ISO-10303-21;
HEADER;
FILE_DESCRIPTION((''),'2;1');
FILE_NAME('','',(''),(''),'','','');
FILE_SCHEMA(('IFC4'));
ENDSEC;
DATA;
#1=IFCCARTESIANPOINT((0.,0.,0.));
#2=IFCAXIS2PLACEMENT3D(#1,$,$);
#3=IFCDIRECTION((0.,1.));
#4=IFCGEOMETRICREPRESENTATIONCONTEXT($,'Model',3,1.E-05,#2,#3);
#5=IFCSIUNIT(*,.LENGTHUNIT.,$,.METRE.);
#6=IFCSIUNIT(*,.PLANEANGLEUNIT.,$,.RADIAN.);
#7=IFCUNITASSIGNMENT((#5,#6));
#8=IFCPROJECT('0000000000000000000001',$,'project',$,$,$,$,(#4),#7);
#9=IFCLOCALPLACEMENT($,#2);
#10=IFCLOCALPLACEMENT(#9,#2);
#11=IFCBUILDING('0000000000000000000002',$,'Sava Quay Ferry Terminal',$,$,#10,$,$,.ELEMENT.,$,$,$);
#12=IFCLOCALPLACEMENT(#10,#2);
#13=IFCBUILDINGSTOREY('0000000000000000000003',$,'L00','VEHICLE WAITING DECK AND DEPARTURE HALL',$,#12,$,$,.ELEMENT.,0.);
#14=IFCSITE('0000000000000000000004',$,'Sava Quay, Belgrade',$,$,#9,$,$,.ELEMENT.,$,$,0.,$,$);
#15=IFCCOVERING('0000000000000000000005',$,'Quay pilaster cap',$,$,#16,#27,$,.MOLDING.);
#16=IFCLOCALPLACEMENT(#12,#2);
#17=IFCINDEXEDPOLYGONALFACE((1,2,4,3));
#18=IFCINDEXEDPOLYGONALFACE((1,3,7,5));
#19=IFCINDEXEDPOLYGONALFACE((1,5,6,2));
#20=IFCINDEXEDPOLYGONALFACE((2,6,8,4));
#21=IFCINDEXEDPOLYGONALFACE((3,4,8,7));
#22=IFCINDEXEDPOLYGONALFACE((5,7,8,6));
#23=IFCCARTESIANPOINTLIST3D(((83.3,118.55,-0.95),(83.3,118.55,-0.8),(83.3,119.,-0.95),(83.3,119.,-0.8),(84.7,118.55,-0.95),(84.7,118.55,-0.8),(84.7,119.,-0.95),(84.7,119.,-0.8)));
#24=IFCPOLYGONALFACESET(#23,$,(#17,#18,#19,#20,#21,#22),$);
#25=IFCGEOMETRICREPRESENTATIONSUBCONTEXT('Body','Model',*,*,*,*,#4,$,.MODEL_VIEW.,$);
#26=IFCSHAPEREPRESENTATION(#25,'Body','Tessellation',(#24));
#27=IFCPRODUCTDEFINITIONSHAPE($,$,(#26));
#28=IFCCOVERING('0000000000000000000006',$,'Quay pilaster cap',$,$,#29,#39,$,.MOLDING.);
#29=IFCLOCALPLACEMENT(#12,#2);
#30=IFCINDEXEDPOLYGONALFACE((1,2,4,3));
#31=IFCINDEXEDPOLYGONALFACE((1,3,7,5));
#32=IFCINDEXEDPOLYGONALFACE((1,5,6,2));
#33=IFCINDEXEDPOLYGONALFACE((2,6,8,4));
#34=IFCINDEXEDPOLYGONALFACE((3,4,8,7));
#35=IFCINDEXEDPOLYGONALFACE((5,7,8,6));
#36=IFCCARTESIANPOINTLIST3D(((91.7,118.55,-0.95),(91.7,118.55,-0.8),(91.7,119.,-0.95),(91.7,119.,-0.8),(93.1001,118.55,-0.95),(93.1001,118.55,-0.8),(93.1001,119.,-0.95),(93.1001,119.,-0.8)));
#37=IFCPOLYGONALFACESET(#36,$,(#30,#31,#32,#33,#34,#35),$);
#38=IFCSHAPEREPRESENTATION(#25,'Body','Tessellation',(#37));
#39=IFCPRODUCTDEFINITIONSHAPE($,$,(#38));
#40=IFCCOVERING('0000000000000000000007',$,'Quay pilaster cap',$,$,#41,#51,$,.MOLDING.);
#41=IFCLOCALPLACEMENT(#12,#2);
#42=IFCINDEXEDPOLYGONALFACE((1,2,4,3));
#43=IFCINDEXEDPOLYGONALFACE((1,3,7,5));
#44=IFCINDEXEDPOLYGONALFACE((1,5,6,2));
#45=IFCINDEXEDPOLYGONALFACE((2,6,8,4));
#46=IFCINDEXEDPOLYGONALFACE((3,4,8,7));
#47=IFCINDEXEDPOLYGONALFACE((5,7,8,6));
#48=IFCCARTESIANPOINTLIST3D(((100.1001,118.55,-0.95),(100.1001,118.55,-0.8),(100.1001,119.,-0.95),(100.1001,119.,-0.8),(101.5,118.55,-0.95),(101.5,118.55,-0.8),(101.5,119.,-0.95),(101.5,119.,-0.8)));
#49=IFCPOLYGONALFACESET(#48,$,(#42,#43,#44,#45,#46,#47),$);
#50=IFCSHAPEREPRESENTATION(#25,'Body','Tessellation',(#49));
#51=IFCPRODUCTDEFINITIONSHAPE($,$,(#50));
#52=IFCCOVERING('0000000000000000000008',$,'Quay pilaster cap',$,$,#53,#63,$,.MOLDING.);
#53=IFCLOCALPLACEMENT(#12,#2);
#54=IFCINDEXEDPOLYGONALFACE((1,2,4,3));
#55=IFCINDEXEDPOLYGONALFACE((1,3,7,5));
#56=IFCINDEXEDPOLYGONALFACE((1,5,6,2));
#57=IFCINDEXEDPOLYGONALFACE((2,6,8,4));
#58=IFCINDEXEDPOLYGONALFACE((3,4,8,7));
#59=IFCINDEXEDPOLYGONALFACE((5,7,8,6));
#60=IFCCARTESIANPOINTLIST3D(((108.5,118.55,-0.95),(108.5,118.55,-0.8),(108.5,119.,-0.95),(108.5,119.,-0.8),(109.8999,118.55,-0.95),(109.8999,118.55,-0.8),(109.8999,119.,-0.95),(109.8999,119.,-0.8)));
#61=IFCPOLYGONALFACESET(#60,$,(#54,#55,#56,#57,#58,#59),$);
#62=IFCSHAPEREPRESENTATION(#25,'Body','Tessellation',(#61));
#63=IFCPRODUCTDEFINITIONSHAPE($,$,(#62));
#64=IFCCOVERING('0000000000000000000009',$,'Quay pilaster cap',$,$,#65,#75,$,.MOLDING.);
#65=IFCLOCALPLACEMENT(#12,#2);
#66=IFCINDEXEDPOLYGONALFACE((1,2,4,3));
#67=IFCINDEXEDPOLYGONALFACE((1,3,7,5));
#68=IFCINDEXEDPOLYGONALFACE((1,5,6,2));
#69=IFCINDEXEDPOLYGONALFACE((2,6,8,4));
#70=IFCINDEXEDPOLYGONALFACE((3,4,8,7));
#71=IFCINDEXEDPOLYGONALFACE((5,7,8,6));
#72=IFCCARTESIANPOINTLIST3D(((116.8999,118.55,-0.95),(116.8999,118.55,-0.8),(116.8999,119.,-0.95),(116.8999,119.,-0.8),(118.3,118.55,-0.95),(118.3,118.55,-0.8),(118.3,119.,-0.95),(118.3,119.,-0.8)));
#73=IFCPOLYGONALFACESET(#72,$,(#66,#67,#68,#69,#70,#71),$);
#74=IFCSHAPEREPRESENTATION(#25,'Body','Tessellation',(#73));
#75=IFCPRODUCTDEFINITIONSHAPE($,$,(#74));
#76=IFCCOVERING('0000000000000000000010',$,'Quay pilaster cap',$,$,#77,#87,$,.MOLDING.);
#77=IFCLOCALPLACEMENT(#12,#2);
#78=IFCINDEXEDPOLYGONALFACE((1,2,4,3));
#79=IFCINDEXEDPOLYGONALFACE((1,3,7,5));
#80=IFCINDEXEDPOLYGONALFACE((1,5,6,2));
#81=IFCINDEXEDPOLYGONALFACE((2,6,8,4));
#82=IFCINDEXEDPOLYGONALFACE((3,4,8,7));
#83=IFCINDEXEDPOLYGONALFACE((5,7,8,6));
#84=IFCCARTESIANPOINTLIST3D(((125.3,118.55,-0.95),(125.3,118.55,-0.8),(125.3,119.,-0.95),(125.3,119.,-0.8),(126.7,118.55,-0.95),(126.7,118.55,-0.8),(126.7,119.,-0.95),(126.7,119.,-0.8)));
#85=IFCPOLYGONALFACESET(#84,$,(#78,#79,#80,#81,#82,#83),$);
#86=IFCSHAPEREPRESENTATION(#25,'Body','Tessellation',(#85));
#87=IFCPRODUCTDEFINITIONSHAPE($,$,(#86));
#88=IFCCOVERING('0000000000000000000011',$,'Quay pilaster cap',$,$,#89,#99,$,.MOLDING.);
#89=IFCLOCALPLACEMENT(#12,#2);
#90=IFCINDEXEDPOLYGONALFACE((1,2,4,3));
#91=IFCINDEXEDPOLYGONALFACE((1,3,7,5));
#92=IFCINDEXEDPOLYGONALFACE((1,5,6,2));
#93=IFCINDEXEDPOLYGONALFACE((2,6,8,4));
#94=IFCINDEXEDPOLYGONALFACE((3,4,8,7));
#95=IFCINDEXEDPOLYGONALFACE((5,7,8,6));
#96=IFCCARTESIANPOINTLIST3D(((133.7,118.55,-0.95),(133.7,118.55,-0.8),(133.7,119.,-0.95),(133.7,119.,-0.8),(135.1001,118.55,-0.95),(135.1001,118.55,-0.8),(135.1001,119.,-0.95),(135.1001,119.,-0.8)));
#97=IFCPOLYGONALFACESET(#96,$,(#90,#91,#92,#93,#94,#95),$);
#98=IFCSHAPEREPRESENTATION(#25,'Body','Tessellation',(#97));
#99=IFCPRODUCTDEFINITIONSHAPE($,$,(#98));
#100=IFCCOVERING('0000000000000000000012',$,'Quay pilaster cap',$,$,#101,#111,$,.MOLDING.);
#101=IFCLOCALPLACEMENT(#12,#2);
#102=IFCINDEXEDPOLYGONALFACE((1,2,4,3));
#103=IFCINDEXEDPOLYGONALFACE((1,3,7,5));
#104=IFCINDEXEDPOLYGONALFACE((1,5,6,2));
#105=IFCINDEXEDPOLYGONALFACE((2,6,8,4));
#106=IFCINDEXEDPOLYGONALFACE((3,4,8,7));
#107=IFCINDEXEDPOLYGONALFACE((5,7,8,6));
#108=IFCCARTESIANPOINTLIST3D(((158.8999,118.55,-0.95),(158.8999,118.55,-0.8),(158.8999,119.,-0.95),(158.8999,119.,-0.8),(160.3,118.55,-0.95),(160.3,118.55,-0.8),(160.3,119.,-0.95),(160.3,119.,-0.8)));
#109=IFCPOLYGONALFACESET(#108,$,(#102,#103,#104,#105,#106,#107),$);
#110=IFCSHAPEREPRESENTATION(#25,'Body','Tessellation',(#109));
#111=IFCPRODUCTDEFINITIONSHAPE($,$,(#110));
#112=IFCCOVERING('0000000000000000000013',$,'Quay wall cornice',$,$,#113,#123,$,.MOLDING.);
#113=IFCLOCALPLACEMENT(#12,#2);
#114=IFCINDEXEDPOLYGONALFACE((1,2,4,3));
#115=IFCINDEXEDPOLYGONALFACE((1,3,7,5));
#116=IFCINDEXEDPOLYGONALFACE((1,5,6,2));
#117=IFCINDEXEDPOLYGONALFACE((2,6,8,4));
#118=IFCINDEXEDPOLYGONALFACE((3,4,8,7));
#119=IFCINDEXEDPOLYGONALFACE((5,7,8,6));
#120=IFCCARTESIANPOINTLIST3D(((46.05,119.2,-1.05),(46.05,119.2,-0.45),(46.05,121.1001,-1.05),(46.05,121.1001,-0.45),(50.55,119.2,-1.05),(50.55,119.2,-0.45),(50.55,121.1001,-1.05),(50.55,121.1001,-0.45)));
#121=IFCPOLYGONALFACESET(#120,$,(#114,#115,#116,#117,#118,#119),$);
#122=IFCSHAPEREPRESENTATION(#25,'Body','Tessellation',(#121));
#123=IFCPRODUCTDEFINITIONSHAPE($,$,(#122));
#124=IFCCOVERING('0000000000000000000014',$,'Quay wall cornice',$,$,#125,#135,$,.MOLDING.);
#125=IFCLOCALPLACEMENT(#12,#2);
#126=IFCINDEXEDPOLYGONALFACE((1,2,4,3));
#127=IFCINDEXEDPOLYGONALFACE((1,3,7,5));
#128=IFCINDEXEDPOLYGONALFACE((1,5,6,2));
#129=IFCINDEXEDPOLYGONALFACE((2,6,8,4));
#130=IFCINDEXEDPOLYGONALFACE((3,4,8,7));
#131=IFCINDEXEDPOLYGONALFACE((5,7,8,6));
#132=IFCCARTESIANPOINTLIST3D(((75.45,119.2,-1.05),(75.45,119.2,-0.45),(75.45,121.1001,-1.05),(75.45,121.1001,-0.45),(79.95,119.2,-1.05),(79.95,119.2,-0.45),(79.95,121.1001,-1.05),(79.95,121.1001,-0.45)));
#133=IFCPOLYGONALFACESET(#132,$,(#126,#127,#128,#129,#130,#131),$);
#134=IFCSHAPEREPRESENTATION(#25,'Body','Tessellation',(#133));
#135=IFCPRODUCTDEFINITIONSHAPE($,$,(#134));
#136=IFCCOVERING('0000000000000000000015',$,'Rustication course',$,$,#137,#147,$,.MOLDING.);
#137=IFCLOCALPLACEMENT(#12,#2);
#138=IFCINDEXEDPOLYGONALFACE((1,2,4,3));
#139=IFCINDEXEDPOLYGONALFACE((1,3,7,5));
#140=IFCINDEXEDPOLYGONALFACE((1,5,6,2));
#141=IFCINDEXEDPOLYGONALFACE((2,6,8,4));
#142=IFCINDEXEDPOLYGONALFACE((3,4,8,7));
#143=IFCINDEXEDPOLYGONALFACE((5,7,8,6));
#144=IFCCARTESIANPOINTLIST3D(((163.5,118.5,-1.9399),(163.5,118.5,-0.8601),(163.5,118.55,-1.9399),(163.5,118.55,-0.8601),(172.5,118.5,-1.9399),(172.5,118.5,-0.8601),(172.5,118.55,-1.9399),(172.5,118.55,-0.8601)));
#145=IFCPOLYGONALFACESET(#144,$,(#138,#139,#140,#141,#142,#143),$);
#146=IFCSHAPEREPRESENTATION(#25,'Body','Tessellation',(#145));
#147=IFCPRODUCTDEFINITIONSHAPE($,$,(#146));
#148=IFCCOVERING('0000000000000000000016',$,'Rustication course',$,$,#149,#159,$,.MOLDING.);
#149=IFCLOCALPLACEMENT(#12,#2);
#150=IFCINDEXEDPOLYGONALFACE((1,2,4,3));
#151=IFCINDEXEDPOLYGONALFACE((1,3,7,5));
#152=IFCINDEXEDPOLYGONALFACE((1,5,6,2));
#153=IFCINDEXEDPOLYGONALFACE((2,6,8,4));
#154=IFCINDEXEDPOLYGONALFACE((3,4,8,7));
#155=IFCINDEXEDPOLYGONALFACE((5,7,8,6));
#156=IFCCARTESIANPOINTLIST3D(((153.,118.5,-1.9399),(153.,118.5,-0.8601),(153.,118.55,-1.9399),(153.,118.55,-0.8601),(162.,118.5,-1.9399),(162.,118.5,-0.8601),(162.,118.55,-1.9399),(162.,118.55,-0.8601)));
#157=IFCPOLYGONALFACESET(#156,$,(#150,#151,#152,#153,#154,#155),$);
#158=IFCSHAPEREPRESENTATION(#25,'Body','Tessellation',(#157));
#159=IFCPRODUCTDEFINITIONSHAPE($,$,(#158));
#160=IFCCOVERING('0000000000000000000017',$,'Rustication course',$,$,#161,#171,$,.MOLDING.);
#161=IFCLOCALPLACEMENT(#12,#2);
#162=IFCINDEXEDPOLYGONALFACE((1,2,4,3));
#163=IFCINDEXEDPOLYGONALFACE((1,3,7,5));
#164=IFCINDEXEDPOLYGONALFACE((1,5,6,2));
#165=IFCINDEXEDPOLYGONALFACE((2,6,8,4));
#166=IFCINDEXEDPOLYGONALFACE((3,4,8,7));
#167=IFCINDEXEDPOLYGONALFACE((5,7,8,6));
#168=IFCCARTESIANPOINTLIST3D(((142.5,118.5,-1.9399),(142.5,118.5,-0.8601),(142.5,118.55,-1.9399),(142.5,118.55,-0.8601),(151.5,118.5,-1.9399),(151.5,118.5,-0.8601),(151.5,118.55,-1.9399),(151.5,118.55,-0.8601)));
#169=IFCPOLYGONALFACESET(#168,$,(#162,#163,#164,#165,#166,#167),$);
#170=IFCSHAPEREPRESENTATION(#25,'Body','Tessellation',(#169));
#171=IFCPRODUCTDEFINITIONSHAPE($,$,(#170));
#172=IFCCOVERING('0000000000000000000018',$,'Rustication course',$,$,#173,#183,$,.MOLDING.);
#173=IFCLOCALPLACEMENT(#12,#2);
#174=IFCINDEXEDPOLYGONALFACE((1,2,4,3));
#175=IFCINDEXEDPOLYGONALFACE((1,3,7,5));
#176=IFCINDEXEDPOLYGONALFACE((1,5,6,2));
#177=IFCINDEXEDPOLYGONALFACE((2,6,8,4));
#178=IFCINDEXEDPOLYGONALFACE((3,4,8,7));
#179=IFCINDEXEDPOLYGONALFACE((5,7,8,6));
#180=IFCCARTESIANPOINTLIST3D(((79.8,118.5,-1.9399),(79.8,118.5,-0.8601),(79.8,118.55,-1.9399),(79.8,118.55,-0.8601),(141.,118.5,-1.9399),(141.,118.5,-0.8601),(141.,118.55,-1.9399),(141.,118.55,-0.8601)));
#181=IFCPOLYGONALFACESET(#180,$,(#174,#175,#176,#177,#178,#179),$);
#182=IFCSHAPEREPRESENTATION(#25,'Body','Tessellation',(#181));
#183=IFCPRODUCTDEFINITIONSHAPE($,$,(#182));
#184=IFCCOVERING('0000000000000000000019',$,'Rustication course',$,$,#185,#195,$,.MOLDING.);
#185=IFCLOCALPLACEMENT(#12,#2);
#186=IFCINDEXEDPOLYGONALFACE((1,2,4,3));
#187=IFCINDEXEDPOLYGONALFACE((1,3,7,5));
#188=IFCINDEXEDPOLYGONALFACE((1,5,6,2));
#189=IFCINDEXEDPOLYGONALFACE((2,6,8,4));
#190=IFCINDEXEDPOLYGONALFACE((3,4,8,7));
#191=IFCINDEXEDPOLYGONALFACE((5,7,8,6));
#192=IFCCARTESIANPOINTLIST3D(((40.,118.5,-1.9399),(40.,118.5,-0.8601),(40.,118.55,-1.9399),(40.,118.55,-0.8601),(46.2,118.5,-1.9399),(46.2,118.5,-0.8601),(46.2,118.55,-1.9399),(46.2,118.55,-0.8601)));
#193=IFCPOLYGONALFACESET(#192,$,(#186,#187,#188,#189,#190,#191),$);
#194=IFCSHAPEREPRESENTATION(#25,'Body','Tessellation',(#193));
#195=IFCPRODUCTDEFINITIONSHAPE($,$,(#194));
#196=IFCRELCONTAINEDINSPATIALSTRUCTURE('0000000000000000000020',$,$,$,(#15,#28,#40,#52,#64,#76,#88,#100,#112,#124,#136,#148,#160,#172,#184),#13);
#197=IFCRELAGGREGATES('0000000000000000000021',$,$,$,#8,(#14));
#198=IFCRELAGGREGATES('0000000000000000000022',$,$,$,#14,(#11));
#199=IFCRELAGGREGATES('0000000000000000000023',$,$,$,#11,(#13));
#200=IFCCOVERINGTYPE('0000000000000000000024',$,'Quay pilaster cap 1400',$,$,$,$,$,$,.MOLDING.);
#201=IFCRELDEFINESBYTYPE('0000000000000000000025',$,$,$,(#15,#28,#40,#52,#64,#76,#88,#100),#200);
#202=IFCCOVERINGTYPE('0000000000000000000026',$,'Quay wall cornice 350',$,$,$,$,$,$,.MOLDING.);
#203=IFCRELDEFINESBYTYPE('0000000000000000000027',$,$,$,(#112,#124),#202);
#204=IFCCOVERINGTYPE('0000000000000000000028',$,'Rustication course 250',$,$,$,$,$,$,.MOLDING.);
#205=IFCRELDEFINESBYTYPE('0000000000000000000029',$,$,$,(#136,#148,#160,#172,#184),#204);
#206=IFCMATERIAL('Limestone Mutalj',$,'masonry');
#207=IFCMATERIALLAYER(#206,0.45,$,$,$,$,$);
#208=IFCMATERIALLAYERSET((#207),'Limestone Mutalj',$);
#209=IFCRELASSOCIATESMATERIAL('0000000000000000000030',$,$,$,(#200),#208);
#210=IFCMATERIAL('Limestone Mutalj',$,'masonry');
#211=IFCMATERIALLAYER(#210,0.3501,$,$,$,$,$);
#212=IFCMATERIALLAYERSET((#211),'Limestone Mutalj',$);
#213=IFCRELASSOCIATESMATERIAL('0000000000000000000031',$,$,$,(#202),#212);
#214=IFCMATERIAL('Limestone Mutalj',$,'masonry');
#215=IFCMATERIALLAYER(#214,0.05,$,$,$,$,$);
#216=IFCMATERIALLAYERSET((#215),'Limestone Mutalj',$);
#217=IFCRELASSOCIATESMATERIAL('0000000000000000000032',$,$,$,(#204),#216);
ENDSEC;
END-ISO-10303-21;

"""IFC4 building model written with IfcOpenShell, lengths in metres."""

from ifc_helpers import new_model, si_unit, direction, frame, origin, place, context, subcontext, project, spatial, polyline, outline, extrude, material, layer, layer_set, type_object, element, save


model = new_model("IFC4")

# Units and contexts
model_context = context("Model", 3, precision=1e-05, world=origin(), true_north=direction((0.0, 1.0)))
body_context = subcontext(model_context, "Body", "Model", "MODEL_VIEW")
ifc_project = project(units=[si_unit("LENGTHUNIT", "METRE"), si_unit("PLANEANGLEUNIT", "RADIAN")], contexts=[model_context])

# Site, building, storey
site_placement = place(None, origin())
site = spatial("IfcSite", under=ifc_project, at=site_placement, Name="Sava Quay, Belgrade", CompositionType="ELEMENT", RefElevation=0.0)
building_placement = place(site_placement, origin())
building = spatial("IfcBuilding", under=site, at=building_placement, Name="Sava Quay Ferry Terminal", CompositionType="ELEMENT")
storey_placement = place(building_placement, origin())
storey = spatial("IfcBuildingStorey", under=building, at=storey_placement, Name="L00", Description="VEHICLE WAITING DECK AND DEPARTURE HALL", CompositionType="ELEMENT", Elevation=0.0)

# Coverings
ifc_material_1 = material(Name="Limestone Mutalj", Category="masonry")
ifc_layer_1 = layer(ifc_material_1, 0.45)
ifc_layer_set_1 = layer_set([ifc_layer_1], Name="Limestone Mutalj")
covering_type_1 = type_object("IfcCoveringType", Name="Quay pilaster cap 1400", PredefinedType="MOLDING", material=ifc_layer_set_1)
covering_1_placement = place(storey_placement, frame((0.0, 0.0, -0.95)))
element("IfcCovering", 1, at=covering_1_placement, inside=storey, type_object=covering_type_1, Name="Quay pilaster cap", PredefinedType="MOLDING", context=body_context, shape_type="SweptSolid", body=[
    extrude(outline(polyline([(84.7, 118.55), (84.7, 119.0), (83.3, 119.0), (83.3, 118.55), (84.7, 118.55)])), origin(), (0.0, 0.0, 1.0), 0.1499),
])
covering_2_placement = place(storey_placement, frame((0.0, 0.0, -0.95)))
element("IfcCovering", 2, at=covering_2_placement, inside=storey, type_object=covering_type_1, Name="Quay pilaster cap", PredefinedType="MOLDING", context=body_context, shape_type="SweptSolid", body=[
    extrude(outline(polyline([(93.1001, 118.55), (93.1001, 119.0), (91.7, 119.0), (91.7, 118.55), (93.1001, 118.55)])), origin(), (0.0, 0.0, 1.0), 0.1499),
])
covering_3_placement = place(storey_placement, frame((0.0, 0.0, -0.95)))
element("IfcCovering", 3, at=covering_3_placement, inside=storey, type_object=covering_type_1, Name="Quay pilaster cap", PredefinedType="MOLDING", context=body_context, shape_type="SweptSolid", body=[
    extrude(outline(polyline([(101.5, 118.55), (101.5, 119.0), (100.1001, 119.0), (100.1001, 118.55), (101.5, 118.55)])), origin(), (0.0, 0.0, 1.0), 0.1499),
])
covering_4_placement = place(storey_placement, frame((0.0, 0.0, -0.95)))
element("IfcCovering", 4, at=covering_4_placement, inside=storey, type_object=covering_type_1, Name="Quay pilaster cap", PredefinedType="MOLDING", context=body_context, shape_type="SweptSolid", body=[
    extrude(outline(polyline([(109.8999, 118.55), (109.8999, 119.0), (108.5, 119.0), (108.5, 118.55), (109.8999, 118.55)])), origin(), (0.0, 0.0, 1.0), 0.1499),
])
covering_5_placement = place(storey_placement, frame((0.0, 0.0, -0.95)))
element("IfcCovering", 5, at=covering_5_placement, inside=storey, type_object=covering_type_1, Name="Quay pilaster cap", PredefinedType="MOLDING", context=body_context, shape_type="SweptSolid", body=[
    extrude(outline(polyline([(118.3, 118.55), (118.3, 119.0), (116.8999, 119.0), (116.8999, 118.55), (118.3, 118.55)])), origin(), (0.0, 0.0, 1.0), 0.1499),
])
covering_6_placement = place(storey_placement, frame((0.0, 0.0, -0.95)))
element("IfcCovering", 6, at=covering_6_placement, inside=storey, type_object=covering_type_1, Name="Quay pilaster cap", PredefinedType="MOLDING", context=body_context, shape_type="SweptSolid", body=[
    extrude(outline(polyline([(126.7, 118.55), (126.7, 119.0), (125.3, 119.0), (125.3, 118.55), (126.7, 118.55)])), origin(), (0.0, 0.0, 1.0), 0.1499),
])
covering_7_placement = place(storey_placement, frame((0.0, 0.0, -0.95)))
element("IfcCovering", 7, at=covering_7_placement, inside=storey, type_object=covering_type_1, Name="Quay pilaster cap", PredefinedType="MOLDING", context=body_context, shape_type="SweptSolid", body=[
    extrude(outline(polyline([(135.1001, 118.55), (135.1001, 119.0), (133.7, 119.0), (133.7, 118.55), (135.1001, 118.55)])), origin(), (0.0, 0.0, 1.0), 0.1499),
])
covering_8_placement = place(storey_placement, frame((0.0, 0.0, -0.95)))
element("IfcCovering", 8, at=covering_8_placement, inside=storey, type_object=covering_type_1, Name="Quay pilaster cap", PredefinedType="MOLDING", context=body_context, shape_type="SweptSolid", body=[
    extrude(outline(polyline([(160.3, 118.55), (160.3, 119.0), (158.8999, 119.0), (158.8999, 118.55), (160.3, 118.55)])), origin(), (0.0, 0.0, 1.0), 0.1499),
])
ifc_material_2 = material(Name="Limestone Mutalj", Category="masonry")
ifc_layer_2 = layer(ifc_material_2, 0.3501)
ifc_layer_set_2 = layer_set([ifc_layer_2], Name="Limestone Mutalj")
covering_type_2 = type_object("IfcCoveringType", Name="Quay wall cornice 350", PredefinedType="MOLDING", material=ifc_layer_set_2)
covering_9_placement = place(storey_placement, frame((0.0, 0.0, -1.05)))
element("IfcCovering", 9, at=covering_9_placement, inside=storey, type_object=covering_type_2, Name="Quay wall cornice", PredefinedType="MOLDING", context=body_context, shape_type="SweptSolid", body=[
    extrude(outline(polyline([(46.05, 119.2), (50.55, 119.2), (50.55, 121.1001), (46.05, 121.1001), (46.05, 119.2)])), origin(), (0.0, 0.0, 1.0), 0.6001),
])
covering_10_placement = place(storey_placement, frame((0.0, 0.0, -1.05)))
element("IfcCovering", 10, at=covering_10_placement, inside=storey, type_object=covering_type_2, Name="Quay wall cornice", PredefinedType="MOLDING", context=body_context, shape_type="SweptSolid", body=[
    extrude(outline(polyline([(75.45, 119.2), (79.95, 119.2), (79.95, 121.1001), (75.45, 121.1001), (75.45, 119.2)])), origin(), (0.0, 0.0, 1.0), 0.6001),
])
ifc_material_3 = material(Name="Limestone Mutalj", Category="masonry")
ifc_layer_3 = layer(ifc_material_3, 0.05)
ifc_layer_set_3 = layer_set([ifc_layer_3], Name="Limestone Mutalj")
covering_type_3 = type_object("IfcCoveringType", Name="Rustication course 250", PredefinedType="MOLDING", material=ifc_layer_set_3)
covering_11_placement = place(storey_placement, frame((0.0, 0.0, -1.9399)))
element("IfcCovering", 11, at=covering_11_placement, inside=storey, type_object=covering_type_3, Name="Rustication course", PredefinedType="MOLDING", context=body_context, shape_type="SweptSolid", body=[
    extrude(outline(polyline([(172.5, 118.55), (163.5, 118.55), (163.5, 118.5), (172.5, 118.5), (172.5, 118.55)])), origin(), (0.0, 0.0, 1.0), 1.0798),
])
covering_12_placement = place(storey_placement, frame((0.0, 0.0, -1.9399)))
element("IfcCovering", 12, at=covering_12_placement, inside=storey, type_object=covering_type_3, Name="Rustication course", PredefinedType="MOLDING", context=body_context, shape_type="SweptSolid", body=[
    extrude(outline(polyline([(162.0, 118.55), (153.0, 118.55), (153.0, 118.5), (162.0, 118.5), (162.0, 118.55)])), origin(), (0.0, 0.0, 1.0), 1.0798),
])
covering_13_placement = place(storey_placement, frame((0.0, 0.0, -1.9399)))
element("IfcCovering", 13, at=covering_13_placement, inside=storey, type_object=covering_type_3, Name="Rustication course", PredefinedType="MOLDING", context=body_context, shape_type="SweptSolid", body=[
    extrude(outline(polyline([(151.5, 118.55), (142.5, 118.55), (142.5, 118.5), (151.5, 118.5), (151.5, 118.55)])), origin(), (0.0, 0.0, 1.0), 1.0798),
])
covering_14_placement = place(storey_placement, frame((0.0, 0.0, -1.9399)))
element("IfcCovering", 14, at=covering_14_placement, inside=storey, type_object=covering_type_3, Name="Rustication course", PredefinedType="MOLDING", context=body_context, shape_type="SweptSolid", body=[
    extrude(outline(polyline([(141.0, 118.55), (79.8, 118.55), (79.8, 118.5), (141.0, 118.5), (141.0, 118.55)])), origin(), (0.0, 0.0, 1.0), 1.0798),
])
covering_15_placement = place(storey_placement, frame((0.0, 0.0, -1.9399)))
element("IfcCovering", 15, at=covering_15_placement, inside=storey, type_object=covering_type_3, Name="Rustication course", PredefinedType="MOLDING", context=body_context, shape_type="SweptSolid", body=[
    extrude(outline(polyline([(46.2, 118.55), (40.0, 118.55), (40.0, 118.5), (46.2, 118.5), (46.2, 118.55)])), origin(), (0.0, 0.0, 1.0), 1.0798),
])

save(model, "model.ifc")
